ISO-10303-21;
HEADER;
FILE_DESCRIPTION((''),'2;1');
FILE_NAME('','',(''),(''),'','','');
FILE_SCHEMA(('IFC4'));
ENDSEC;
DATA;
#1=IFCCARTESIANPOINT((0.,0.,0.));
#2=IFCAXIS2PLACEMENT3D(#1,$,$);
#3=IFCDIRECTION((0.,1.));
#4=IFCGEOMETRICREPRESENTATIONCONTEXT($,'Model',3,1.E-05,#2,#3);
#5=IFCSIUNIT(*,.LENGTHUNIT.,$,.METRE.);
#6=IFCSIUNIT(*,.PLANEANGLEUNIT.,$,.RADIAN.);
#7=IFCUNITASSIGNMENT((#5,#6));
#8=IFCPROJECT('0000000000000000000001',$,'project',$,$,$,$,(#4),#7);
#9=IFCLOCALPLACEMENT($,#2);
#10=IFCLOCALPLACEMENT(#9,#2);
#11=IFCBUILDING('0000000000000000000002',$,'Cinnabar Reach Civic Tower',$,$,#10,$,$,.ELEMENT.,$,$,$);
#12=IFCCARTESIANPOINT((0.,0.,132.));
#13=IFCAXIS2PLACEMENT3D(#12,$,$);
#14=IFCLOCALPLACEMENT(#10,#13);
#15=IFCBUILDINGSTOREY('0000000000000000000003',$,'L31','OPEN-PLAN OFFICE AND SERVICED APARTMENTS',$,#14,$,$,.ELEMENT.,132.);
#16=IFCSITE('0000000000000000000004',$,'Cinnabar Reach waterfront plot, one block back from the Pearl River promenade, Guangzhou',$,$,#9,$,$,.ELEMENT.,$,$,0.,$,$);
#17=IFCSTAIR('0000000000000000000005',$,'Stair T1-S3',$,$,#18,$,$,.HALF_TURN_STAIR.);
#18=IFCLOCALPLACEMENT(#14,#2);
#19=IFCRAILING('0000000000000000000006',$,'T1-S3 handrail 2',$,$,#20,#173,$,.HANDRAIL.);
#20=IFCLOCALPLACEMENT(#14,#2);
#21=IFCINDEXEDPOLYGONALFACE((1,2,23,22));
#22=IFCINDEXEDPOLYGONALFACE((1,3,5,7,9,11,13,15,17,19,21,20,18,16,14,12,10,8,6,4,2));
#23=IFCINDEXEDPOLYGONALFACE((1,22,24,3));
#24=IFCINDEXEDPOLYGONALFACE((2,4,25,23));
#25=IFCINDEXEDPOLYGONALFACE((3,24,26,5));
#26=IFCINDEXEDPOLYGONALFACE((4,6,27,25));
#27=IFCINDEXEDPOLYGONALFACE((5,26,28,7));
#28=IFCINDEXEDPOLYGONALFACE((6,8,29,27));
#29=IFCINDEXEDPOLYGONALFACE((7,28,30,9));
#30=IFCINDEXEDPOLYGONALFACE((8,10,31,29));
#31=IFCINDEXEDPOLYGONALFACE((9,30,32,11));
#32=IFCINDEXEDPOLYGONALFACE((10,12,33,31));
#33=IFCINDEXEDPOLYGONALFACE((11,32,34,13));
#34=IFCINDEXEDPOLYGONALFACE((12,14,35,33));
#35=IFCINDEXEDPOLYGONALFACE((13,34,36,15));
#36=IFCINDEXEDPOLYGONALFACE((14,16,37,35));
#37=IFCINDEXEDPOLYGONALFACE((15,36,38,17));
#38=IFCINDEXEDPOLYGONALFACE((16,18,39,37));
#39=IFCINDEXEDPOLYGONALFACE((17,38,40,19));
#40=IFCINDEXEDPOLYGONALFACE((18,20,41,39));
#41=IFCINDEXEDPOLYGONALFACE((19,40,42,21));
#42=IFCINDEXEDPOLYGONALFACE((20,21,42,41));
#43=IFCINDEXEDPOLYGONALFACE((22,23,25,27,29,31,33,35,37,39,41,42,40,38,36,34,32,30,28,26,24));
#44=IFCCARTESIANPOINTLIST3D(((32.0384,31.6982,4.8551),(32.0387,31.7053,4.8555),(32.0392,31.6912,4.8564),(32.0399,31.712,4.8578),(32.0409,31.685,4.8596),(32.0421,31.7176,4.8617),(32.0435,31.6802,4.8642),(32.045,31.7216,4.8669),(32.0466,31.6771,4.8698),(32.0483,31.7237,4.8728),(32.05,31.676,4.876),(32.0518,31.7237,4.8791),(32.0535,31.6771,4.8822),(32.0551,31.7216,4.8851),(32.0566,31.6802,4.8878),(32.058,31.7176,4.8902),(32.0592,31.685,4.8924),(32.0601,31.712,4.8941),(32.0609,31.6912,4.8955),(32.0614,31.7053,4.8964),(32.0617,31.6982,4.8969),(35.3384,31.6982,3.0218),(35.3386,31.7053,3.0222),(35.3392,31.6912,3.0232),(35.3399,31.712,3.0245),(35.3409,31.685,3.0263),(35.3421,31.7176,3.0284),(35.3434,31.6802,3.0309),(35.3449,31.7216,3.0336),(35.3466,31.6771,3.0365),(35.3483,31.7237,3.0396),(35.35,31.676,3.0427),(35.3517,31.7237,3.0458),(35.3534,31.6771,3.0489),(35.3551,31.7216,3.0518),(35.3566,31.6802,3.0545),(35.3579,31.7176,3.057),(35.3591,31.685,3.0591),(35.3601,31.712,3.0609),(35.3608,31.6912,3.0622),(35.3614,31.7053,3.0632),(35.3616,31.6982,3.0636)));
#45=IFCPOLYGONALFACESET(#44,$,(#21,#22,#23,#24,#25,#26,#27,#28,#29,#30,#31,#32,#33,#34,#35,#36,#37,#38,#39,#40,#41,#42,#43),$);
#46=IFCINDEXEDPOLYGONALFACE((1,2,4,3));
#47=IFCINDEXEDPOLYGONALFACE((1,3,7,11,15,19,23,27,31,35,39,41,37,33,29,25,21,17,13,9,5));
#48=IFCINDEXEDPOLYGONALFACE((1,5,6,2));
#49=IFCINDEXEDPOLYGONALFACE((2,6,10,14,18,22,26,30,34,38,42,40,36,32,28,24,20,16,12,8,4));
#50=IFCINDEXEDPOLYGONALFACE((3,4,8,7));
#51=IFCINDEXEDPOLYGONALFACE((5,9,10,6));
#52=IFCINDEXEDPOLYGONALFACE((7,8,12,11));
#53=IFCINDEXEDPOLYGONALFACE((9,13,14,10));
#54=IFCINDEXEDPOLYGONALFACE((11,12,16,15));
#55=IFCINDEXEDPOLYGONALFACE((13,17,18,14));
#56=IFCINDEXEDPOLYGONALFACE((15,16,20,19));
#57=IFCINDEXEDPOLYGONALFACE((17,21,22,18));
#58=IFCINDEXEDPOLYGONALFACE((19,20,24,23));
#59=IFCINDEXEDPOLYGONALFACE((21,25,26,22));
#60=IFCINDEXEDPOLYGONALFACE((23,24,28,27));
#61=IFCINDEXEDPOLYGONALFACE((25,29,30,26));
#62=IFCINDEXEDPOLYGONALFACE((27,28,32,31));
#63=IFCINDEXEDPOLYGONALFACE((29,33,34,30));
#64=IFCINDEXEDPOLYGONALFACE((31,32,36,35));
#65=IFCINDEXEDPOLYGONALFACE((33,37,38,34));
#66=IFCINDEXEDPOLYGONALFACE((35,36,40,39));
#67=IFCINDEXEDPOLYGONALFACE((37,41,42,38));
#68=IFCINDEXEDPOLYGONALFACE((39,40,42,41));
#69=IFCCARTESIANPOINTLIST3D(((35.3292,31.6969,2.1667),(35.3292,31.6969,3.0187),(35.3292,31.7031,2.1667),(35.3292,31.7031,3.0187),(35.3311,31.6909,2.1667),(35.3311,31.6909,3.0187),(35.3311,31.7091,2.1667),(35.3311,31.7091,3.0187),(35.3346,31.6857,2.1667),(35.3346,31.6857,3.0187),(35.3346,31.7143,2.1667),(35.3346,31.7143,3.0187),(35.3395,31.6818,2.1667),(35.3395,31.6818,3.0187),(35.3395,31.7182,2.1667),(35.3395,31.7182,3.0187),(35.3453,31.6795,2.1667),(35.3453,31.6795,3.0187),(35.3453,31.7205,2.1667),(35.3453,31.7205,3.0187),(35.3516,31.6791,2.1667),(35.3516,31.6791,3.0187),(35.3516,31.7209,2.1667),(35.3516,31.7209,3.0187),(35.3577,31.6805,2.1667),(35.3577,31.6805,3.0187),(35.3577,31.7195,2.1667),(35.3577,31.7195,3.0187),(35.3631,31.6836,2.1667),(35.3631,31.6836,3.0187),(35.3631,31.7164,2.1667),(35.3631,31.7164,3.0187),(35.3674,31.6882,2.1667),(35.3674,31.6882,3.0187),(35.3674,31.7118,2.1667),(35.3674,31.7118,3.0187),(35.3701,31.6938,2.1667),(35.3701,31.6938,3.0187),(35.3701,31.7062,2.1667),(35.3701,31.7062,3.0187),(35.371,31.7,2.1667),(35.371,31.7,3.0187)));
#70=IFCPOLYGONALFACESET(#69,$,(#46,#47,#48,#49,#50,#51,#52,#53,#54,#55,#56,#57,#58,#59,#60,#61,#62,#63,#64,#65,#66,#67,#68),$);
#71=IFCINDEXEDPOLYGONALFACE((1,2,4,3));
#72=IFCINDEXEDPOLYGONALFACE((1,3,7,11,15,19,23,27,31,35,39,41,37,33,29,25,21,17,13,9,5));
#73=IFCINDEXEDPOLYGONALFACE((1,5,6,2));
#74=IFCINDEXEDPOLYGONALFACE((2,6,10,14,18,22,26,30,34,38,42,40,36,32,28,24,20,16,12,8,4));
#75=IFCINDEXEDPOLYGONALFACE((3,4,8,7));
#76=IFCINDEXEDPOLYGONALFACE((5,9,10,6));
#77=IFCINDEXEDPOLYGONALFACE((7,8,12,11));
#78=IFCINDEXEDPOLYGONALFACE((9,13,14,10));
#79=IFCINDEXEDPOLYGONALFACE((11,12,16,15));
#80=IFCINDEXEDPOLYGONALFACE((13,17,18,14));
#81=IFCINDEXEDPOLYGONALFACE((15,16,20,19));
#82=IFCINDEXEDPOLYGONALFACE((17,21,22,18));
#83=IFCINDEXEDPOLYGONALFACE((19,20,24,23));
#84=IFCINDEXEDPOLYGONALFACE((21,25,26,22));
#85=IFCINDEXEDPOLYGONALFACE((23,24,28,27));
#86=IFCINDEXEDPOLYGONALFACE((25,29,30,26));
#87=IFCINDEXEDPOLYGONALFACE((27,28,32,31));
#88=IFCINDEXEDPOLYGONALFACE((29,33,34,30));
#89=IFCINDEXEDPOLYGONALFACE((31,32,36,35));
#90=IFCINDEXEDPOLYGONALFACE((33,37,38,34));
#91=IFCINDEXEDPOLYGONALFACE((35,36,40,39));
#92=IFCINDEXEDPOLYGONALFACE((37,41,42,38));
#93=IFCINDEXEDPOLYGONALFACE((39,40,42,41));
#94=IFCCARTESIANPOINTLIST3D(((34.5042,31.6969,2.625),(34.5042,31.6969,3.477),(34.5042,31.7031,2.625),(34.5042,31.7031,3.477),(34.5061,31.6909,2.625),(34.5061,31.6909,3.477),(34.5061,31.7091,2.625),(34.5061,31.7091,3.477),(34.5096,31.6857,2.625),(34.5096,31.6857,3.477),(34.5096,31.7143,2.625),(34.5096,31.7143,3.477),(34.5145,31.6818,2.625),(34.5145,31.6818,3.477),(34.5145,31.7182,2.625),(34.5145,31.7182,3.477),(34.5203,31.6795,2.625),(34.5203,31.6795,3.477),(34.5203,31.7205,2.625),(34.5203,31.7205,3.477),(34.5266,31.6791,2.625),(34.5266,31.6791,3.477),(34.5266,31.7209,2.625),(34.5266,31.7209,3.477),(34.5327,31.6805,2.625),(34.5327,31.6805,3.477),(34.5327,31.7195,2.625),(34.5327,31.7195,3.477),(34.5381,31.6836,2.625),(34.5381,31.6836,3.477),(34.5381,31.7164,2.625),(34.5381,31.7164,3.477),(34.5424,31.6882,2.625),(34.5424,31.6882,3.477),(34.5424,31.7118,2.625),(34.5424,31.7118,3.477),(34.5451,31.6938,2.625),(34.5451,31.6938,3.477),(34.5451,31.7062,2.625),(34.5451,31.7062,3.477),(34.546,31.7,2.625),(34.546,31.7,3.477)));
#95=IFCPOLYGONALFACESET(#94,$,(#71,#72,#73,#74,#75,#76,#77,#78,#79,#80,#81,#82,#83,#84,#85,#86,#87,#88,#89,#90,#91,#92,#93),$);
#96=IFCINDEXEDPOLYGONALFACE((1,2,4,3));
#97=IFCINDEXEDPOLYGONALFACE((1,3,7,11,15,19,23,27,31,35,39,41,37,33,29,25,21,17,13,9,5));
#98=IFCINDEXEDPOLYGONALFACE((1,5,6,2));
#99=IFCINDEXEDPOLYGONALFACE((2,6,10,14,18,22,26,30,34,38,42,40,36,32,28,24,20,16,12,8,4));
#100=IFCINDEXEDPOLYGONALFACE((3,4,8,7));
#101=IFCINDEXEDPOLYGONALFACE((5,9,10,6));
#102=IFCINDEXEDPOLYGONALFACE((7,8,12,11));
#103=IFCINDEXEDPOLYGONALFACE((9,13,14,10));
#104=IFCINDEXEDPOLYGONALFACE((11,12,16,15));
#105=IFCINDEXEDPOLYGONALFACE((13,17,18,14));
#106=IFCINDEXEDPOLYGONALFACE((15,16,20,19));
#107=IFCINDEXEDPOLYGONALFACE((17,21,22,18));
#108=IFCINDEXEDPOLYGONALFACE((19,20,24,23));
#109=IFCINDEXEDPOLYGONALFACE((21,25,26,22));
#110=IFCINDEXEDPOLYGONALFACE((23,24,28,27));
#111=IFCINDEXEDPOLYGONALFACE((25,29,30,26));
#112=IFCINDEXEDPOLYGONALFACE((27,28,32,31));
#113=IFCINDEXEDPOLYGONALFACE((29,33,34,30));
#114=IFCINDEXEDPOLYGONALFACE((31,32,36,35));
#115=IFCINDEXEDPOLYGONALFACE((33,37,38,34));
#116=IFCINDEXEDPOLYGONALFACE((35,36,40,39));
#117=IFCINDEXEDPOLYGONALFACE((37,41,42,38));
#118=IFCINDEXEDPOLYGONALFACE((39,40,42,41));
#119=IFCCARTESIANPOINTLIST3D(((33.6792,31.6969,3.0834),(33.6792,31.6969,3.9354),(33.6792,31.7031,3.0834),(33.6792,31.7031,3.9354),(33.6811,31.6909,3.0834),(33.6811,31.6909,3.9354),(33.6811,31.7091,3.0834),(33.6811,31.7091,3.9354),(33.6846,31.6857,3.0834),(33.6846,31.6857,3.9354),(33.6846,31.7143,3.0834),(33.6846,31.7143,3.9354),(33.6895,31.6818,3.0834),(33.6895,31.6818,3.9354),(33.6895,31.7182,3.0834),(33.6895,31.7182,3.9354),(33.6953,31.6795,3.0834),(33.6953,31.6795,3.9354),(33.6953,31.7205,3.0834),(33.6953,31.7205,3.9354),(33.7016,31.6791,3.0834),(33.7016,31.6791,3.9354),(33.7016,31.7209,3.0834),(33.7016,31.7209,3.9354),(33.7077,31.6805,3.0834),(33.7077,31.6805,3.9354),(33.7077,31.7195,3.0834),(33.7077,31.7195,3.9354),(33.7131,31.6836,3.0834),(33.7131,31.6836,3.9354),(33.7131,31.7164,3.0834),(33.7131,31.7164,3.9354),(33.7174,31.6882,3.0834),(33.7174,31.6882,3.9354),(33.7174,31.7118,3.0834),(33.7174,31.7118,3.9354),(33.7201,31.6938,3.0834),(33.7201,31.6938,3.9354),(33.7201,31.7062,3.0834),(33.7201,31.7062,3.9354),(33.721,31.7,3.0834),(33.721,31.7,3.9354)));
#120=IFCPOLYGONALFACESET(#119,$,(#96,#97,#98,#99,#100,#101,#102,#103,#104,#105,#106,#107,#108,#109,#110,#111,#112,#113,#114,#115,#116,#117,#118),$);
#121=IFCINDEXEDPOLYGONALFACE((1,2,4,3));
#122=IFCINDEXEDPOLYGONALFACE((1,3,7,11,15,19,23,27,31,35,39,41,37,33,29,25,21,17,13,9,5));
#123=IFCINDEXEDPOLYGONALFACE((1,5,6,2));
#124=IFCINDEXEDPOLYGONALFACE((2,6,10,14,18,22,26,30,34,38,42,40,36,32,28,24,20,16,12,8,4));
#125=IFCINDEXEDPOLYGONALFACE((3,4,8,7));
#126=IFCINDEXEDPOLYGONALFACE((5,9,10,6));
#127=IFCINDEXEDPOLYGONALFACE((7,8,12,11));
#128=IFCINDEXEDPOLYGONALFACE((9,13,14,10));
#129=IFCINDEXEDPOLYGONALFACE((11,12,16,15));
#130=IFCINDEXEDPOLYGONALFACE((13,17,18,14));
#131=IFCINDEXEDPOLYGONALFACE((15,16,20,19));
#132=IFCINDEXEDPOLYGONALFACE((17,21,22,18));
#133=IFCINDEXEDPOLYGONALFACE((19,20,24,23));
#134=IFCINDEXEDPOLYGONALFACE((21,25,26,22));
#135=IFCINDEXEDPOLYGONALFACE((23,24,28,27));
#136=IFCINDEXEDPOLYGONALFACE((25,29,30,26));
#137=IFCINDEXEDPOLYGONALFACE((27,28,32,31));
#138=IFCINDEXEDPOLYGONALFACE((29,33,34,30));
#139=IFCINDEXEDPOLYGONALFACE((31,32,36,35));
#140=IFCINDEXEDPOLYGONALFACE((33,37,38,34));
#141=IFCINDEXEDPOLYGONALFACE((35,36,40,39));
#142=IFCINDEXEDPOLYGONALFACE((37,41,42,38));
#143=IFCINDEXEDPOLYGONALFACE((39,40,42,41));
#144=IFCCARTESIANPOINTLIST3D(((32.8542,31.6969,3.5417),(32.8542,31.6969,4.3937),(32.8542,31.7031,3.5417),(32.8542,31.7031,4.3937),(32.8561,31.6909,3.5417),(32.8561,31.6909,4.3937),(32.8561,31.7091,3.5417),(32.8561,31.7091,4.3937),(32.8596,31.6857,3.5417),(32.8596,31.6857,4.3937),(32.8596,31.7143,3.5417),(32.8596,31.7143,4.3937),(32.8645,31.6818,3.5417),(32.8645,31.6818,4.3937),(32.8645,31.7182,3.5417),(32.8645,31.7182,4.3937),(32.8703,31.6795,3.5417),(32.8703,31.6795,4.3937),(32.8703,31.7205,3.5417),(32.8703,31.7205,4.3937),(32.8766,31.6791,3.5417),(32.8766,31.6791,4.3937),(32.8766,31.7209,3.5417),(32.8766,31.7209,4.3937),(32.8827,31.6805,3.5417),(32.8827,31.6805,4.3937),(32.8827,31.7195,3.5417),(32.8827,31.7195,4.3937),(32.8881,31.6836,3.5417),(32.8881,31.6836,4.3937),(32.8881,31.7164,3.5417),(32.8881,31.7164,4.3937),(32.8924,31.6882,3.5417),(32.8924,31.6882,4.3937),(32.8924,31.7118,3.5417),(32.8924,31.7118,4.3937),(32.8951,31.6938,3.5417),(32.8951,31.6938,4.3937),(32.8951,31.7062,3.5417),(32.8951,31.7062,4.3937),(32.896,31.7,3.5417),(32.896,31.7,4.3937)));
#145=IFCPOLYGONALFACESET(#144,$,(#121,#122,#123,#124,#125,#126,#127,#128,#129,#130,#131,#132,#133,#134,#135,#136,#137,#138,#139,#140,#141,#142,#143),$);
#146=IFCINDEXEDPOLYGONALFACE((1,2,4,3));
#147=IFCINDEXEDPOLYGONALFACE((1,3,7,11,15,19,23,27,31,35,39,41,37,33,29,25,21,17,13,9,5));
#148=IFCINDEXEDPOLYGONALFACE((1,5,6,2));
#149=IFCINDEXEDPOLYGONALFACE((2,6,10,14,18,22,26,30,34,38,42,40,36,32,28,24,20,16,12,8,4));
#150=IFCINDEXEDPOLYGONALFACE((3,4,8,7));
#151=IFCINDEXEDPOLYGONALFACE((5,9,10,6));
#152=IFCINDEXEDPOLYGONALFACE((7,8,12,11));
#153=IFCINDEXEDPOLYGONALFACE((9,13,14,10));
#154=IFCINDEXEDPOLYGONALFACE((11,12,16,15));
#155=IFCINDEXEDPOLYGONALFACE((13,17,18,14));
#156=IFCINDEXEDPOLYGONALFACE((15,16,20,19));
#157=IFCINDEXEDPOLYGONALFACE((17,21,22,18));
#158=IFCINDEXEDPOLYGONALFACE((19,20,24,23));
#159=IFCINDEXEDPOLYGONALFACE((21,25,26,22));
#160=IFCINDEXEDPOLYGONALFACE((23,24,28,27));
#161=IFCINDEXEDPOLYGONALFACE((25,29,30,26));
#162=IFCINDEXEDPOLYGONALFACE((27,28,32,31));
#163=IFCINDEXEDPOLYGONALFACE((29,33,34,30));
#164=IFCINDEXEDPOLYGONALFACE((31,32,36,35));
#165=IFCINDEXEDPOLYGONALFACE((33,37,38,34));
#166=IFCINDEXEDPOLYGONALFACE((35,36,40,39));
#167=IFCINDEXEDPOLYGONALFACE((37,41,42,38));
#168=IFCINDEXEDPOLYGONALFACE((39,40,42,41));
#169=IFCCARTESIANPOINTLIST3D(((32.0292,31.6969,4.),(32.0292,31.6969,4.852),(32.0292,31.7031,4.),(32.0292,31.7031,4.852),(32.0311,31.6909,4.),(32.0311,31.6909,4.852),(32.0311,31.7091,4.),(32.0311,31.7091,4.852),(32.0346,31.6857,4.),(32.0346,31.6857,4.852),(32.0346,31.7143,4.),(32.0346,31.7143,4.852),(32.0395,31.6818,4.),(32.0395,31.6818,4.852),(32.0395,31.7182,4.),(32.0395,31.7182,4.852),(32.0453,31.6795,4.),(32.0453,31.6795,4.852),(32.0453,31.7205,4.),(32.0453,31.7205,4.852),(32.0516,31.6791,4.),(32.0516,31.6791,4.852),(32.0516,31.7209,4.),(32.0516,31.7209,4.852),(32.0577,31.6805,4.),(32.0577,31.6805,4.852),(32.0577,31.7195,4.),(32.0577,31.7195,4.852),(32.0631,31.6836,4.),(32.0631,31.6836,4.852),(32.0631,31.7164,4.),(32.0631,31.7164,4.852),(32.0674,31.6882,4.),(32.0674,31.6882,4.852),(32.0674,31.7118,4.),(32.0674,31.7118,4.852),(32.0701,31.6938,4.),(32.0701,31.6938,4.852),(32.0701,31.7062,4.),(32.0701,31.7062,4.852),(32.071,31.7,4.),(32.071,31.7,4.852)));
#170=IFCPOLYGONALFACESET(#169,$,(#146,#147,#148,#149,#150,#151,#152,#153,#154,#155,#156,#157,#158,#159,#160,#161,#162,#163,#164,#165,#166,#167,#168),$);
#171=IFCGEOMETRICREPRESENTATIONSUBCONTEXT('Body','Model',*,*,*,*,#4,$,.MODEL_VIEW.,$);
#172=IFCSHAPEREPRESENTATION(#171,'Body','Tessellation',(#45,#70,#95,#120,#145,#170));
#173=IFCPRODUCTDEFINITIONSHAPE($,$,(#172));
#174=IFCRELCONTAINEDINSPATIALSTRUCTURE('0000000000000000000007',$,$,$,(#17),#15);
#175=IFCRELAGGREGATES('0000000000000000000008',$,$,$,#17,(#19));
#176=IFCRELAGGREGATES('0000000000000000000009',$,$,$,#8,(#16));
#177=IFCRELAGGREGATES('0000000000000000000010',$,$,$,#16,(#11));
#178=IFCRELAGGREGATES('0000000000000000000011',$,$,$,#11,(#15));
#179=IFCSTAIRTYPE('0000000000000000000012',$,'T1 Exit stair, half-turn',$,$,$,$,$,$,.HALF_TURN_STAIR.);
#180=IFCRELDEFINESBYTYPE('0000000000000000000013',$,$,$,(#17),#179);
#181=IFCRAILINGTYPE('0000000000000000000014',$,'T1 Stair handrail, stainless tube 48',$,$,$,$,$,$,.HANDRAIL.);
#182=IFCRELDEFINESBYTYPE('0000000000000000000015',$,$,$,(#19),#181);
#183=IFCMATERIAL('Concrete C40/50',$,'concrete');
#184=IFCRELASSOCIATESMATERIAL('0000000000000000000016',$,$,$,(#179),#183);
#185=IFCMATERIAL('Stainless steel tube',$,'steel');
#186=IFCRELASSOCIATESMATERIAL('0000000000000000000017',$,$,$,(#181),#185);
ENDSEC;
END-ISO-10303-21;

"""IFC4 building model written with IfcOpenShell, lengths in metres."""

from ifc_helpers import new_model, si_unit, direction, frame, origin, origin_2d, place, context, subcontext, project, spatial, circle, extrude, material, type_object, element, aggregate, save


model = new_model("IFC4")

# Units and contexts
model_context = context("Model", 3, precision=1e-05, world=origin(), true_north=direction((0.0, 1.0)))
body_context = subcontext(model_context, "Body", "Model", "MODEL_VIEW")
ifc_project = project(units=[si_unit("LENGTHUNIT", "METRE"), si_unit("PLANEANGLEUNIT", "RADIAN")], contexts=[model_context])

# Site, building, storey
site_placement = place(None, origin())
site = spatial("IfcSite", under=ifc_project, at=site_placement, Name="Cinnabar Reach waterfront plot, one block back from the Pearl River promenade, Guangzhou", CompositionType="ELEMENT", RefElevation=0.0)
building_placement = place(site_placement, origin())
building = spatial("IfcBuilding", under=site, at=building_placement, Name="Cinnabar Reach Civic Tower", CompositionType="ELEMENT")
storey_placement = place(building_placement, frame((0.0, 0.0, 132.0)))
storey = spatial("IfcBuildingStorey", under=building, at=storey_placement, Name="L31", Description="OPEN-PLAN OFFICE AND SERVICED APARTMENTS", CompositionType="ELEMENT", Elevation=132.0)

# Stair, railing
ifc_material_1 = material(Name="Concrete C40/50", Category="concrete")
stair_type = type_object("IfcStairType", Name="T1 Exit stair, half-turn", PredefinedType="HALF_TURN_STAIR", material=ifc_material_1)
stair_placement = place(storey_placement, origin())
stair = element("IfcStair", 1, at=stair_placement, inside=storey, type_object=stair_type, Name="Stair T1-S3", PredefinedType="HALF_TURN_STAIR")
ifc_material_2 = material(Name="Stainless steel tube", Category="steel")
railing_type = type_object("IfcRailingType", Name="T1 Stair handrail, stainless tube 48", PredefinedType="HANDRAIL", material=ifc_material_2)
railing_1_placement = place(storey_placement, frame((35.35, 31.7, 2.1667)))
railing_1 = element("IfcRailing", 2, at=railing_1_placement, type_object=railing_type, Name="T1-S3 handrail 2", PredefinedType="HANDRAIL", context=body_context, shape_type="SweptSolid", body=[
    extrude(circle(Radius=0.024, at=origin_2d()), frame((0.0, 0.0, 0.876), z_axis=(-0.874161, 0.0, 0.485636), x_axis=(0.0, -1.0, 0.0)), (0.0, 0.0, 1.0), 3.775),
    extrude(circle(Radius=0.021, at=origin_2d()), origin(), (0.0, 0.0, 1.0), 0.852),
    extrude(circle(Radius=0.021, at=origin_2d()), frame((-0.825, 0.0, 0.4583)), (0.0, 0.0, 1.0), 0.852),
    extrude(circle(Radius=0.021, at=origin_2d()), frame((-1.65, 0.0, 0.9167)), (0.0, 0.0, 1.0), 0.852),
    extrude(circle(Radius=0.021, at=origin_2d()), frame((-2.475, 0.0, 1.375)), (0.0, 0.0, 1.0), 0.852),
    extrude(circle(Radius=0.021, at=origin_2d()), frame((-3.3, 0.0, 1.8333)), (0.0, 0.0, 1.0), 0.852),
])
aggregate(stair, [railing_1])

save(model, "model.ifc")
